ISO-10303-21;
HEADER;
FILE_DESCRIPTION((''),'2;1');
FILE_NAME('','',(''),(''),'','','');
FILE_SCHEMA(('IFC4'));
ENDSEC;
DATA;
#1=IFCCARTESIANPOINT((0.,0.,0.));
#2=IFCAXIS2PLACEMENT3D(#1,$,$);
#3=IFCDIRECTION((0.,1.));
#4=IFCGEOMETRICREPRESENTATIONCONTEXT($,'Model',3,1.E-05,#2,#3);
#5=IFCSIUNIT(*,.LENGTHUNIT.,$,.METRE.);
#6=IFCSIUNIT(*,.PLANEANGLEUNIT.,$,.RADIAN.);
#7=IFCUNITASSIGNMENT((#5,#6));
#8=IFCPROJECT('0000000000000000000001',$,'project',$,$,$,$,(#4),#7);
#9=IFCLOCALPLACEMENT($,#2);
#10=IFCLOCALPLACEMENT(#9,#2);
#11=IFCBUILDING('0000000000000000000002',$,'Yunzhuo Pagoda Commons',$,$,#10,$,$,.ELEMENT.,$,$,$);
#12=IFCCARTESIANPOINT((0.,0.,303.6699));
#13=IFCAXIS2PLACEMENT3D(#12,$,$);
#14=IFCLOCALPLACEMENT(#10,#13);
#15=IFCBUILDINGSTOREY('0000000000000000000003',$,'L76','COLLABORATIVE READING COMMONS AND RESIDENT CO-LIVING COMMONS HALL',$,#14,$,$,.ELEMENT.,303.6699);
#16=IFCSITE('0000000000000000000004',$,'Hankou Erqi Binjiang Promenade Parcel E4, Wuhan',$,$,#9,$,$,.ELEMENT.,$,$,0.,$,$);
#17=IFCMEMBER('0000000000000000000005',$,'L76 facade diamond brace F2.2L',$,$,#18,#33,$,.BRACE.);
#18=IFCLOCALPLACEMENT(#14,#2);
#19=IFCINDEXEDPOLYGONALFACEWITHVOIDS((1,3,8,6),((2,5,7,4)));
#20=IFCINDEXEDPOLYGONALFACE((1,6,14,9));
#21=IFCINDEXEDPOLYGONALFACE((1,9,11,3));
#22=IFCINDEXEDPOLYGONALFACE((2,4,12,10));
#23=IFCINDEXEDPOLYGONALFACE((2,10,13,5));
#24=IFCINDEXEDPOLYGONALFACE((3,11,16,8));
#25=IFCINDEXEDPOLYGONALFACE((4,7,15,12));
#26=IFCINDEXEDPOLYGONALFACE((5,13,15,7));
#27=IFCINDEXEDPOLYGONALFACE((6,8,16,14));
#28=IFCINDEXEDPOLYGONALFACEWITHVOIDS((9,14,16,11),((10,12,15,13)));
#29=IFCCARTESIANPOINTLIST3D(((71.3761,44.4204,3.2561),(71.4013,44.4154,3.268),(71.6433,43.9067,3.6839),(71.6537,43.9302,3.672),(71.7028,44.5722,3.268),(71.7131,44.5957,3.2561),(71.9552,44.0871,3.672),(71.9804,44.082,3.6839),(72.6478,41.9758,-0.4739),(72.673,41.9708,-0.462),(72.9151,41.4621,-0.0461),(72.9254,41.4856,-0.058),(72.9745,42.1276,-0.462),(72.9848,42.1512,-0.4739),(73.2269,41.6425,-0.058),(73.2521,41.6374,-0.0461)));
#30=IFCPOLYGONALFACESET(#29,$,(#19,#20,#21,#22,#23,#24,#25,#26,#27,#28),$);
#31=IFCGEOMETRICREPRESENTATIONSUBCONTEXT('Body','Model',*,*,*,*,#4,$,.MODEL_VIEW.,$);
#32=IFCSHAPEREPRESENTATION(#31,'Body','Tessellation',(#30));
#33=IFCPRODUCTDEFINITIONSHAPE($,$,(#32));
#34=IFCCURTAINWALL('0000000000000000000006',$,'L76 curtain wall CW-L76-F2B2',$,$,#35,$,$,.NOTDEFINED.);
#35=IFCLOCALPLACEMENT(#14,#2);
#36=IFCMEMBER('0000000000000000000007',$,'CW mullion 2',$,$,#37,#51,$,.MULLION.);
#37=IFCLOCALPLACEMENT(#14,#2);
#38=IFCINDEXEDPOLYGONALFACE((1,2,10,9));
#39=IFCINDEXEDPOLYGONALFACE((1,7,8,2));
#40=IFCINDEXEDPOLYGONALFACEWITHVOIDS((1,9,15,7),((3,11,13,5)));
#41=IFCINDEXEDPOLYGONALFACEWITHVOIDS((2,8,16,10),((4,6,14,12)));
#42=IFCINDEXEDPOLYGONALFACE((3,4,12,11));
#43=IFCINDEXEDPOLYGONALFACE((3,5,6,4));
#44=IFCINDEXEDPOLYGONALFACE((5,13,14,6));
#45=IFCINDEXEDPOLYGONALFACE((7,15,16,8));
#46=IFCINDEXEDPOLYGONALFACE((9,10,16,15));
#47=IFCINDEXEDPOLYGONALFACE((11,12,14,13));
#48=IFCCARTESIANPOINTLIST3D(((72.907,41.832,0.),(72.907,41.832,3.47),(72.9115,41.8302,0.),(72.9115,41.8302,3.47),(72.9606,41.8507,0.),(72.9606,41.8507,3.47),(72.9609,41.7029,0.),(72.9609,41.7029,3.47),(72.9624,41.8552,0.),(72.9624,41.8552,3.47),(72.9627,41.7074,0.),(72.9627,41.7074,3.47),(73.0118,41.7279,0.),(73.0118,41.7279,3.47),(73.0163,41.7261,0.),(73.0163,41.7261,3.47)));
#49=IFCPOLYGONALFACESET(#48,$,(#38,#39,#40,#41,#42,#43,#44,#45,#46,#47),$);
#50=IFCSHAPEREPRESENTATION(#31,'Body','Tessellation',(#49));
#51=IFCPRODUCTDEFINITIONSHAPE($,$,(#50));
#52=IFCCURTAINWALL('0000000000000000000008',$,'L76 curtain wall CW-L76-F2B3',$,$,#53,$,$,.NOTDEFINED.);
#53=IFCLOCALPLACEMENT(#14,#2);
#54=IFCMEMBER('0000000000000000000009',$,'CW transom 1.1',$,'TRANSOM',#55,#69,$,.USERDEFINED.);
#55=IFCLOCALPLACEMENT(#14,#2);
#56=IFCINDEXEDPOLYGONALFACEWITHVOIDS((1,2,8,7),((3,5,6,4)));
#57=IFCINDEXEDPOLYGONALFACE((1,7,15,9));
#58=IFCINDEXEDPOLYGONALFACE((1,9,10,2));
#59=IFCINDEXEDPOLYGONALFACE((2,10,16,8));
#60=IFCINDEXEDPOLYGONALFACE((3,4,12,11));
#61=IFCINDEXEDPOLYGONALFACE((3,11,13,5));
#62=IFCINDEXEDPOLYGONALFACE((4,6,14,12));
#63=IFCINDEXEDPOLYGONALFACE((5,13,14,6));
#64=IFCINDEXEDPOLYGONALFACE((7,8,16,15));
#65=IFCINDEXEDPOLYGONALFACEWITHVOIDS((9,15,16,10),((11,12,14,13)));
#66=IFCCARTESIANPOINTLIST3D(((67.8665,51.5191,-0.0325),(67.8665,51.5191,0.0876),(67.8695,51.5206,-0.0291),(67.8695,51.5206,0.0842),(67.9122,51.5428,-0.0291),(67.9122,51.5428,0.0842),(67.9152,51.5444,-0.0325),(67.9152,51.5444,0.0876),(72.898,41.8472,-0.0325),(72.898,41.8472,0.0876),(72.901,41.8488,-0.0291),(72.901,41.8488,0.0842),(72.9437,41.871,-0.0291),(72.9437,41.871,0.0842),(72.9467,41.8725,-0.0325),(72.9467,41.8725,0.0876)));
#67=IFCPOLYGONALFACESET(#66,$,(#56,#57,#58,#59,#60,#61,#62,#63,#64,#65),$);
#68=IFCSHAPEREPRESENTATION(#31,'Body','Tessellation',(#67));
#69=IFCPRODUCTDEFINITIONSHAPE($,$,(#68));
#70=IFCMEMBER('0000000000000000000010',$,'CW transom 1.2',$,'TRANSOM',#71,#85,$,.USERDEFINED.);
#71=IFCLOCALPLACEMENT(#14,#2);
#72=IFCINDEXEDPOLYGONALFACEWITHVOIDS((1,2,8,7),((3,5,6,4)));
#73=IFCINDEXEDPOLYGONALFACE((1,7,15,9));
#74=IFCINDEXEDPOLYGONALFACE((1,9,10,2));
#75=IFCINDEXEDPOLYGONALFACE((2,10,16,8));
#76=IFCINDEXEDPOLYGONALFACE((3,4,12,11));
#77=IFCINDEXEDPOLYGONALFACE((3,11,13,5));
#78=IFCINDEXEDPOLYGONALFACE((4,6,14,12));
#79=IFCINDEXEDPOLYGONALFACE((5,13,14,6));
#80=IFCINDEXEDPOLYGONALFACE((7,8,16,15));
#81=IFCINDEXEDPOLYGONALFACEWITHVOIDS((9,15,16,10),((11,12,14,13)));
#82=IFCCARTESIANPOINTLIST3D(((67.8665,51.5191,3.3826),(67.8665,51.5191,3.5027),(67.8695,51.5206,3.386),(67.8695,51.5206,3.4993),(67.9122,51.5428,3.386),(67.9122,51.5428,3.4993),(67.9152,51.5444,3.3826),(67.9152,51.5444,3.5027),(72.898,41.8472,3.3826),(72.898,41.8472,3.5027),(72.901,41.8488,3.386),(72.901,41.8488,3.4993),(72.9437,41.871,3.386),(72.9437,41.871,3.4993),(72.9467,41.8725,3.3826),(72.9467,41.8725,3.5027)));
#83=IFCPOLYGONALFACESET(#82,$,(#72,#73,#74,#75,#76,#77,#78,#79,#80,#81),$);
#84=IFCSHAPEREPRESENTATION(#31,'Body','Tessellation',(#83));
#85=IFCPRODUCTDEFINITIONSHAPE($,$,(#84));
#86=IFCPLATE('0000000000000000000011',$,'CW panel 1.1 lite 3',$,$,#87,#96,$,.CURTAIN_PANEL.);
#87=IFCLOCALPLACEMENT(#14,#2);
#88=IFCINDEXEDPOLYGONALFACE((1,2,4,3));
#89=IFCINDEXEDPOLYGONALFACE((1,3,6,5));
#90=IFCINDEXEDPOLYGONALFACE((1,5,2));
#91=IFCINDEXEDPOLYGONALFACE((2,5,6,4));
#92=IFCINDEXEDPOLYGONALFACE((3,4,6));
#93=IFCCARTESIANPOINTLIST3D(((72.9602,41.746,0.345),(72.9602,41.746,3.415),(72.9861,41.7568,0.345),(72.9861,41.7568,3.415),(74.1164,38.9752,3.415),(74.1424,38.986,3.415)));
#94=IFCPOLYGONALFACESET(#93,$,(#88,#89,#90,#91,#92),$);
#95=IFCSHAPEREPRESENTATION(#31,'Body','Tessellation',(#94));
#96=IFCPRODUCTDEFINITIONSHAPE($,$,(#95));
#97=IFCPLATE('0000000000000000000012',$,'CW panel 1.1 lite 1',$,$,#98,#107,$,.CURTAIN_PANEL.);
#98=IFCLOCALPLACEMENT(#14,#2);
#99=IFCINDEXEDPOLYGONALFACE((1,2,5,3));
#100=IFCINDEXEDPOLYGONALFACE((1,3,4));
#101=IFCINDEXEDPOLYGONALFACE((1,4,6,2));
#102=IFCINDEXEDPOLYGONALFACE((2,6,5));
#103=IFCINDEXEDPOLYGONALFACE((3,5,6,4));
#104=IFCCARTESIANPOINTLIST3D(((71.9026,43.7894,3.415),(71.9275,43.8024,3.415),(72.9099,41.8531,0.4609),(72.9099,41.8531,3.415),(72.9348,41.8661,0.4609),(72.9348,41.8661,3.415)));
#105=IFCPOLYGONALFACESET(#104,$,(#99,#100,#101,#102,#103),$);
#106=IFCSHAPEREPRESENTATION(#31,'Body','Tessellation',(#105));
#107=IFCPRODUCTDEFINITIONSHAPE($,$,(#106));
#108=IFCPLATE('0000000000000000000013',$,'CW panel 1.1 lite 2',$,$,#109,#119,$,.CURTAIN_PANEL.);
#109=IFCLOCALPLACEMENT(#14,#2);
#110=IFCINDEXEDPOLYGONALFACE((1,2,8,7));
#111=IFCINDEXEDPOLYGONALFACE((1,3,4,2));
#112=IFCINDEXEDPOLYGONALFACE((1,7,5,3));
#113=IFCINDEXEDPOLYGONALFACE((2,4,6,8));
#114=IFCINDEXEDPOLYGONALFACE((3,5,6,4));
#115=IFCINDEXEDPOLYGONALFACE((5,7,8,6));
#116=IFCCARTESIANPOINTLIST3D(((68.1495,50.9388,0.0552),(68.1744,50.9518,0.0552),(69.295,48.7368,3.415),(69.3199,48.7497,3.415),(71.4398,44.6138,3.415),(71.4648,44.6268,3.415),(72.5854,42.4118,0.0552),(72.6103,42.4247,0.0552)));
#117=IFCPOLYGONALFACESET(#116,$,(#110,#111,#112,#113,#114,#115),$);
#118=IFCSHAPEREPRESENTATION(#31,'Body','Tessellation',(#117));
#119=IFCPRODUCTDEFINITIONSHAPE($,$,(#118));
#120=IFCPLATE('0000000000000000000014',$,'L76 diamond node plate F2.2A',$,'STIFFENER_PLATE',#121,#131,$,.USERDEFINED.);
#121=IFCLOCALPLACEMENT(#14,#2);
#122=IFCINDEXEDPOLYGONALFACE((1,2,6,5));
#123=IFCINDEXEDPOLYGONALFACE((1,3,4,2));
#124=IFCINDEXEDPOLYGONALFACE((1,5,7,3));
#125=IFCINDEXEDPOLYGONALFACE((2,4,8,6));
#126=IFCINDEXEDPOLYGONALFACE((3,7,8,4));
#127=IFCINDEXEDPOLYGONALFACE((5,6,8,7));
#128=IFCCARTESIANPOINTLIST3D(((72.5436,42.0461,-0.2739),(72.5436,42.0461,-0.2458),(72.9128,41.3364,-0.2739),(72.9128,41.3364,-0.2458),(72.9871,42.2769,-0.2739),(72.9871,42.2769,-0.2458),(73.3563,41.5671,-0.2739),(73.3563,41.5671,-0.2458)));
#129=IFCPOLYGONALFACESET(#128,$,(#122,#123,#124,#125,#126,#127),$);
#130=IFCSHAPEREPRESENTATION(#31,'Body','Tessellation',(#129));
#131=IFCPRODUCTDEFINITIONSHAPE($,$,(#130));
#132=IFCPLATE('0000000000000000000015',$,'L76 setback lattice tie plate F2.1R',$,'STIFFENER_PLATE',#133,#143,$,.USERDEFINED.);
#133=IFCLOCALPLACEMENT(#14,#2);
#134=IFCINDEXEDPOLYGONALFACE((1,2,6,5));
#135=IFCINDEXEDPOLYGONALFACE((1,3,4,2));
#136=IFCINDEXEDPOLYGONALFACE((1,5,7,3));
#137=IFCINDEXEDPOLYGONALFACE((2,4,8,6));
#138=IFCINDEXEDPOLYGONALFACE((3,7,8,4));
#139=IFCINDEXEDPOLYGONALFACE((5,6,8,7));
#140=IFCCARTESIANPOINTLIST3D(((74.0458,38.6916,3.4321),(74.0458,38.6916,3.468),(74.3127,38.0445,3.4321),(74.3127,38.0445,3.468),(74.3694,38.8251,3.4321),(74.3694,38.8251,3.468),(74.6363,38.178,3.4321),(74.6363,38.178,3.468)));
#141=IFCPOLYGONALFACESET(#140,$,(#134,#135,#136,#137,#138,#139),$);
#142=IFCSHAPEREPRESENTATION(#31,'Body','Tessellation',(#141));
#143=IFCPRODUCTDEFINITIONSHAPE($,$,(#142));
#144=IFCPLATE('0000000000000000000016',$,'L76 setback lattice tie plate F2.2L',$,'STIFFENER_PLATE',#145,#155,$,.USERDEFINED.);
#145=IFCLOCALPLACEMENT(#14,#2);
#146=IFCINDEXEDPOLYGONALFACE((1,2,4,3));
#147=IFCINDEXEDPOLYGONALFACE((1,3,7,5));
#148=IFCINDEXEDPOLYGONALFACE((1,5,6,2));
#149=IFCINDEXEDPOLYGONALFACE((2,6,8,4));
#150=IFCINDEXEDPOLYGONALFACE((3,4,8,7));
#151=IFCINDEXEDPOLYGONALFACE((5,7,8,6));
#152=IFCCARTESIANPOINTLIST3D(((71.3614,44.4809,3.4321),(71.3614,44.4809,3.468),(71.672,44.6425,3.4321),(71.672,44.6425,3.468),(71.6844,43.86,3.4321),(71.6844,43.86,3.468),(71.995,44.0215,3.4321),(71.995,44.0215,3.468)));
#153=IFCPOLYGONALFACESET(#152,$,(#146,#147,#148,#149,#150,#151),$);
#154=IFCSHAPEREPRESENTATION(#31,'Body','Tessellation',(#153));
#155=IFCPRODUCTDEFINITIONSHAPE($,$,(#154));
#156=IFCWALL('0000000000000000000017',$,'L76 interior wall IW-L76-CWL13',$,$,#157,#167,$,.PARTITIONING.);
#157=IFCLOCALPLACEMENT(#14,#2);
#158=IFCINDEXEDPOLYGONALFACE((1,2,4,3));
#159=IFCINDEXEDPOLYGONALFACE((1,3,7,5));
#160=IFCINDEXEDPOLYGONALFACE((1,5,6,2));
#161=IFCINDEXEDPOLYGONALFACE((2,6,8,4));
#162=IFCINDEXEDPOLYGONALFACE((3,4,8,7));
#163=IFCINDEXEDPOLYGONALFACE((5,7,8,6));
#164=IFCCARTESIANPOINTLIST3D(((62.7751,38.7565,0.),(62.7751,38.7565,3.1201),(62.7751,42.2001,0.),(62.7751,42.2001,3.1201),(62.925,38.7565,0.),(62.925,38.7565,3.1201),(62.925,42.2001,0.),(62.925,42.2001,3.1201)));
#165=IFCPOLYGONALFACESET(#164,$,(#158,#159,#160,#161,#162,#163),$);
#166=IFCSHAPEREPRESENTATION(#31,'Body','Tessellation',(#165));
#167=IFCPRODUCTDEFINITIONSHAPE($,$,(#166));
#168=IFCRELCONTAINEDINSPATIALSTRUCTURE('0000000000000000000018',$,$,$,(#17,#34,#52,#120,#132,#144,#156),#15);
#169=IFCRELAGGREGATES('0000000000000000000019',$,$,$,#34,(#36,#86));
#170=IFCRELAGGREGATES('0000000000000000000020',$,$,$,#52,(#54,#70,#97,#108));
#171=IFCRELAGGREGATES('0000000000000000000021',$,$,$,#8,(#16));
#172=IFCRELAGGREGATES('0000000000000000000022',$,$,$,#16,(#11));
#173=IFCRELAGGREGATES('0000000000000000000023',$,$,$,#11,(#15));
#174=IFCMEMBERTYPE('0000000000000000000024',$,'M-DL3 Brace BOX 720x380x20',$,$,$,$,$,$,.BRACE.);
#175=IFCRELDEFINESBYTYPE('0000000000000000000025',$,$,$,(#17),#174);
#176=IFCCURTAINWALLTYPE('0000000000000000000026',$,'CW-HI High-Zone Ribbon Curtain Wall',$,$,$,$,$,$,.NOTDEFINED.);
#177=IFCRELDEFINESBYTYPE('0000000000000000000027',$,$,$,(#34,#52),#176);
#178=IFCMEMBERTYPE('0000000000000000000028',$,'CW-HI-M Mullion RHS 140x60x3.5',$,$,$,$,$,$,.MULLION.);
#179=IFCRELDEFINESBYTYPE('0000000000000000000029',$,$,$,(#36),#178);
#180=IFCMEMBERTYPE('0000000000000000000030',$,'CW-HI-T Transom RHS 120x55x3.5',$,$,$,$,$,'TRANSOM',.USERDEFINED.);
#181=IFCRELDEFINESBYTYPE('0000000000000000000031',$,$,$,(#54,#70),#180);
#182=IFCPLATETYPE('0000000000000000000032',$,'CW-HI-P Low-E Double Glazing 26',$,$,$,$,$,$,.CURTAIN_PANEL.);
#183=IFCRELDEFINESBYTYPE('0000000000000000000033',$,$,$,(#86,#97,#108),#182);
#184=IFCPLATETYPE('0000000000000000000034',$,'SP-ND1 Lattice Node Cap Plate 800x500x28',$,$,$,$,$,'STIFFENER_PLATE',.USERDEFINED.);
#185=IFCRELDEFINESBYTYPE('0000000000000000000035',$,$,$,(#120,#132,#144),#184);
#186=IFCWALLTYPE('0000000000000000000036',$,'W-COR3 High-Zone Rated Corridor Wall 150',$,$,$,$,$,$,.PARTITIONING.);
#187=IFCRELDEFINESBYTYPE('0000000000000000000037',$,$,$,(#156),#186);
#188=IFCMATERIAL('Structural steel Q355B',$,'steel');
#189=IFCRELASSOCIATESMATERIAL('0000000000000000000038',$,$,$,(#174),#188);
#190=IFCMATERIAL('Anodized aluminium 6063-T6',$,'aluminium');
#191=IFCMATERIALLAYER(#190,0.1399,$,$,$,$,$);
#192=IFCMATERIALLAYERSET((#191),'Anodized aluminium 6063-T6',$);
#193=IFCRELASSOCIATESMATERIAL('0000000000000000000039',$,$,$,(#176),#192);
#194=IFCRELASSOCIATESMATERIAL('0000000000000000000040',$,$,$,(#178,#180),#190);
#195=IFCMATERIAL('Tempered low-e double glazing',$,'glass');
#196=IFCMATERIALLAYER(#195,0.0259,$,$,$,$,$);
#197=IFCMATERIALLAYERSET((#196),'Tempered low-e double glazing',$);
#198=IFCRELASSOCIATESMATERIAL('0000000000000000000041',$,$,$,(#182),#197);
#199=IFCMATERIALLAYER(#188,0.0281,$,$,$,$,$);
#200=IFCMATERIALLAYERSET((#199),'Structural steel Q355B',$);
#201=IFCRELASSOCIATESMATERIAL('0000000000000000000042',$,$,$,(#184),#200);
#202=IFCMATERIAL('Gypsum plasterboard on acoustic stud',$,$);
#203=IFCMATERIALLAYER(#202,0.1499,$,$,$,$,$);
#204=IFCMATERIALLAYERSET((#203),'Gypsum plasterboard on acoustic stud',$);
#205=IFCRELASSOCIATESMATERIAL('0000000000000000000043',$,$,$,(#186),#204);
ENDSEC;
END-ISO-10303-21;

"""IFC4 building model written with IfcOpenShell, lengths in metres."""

from ifc_helpers import new_model, si_unit, direction, frame, frame_2d, origin, origin_2d, place, context, subcontext, project, spatial, polyline, rectangle, hollow_rectangle, outline, extrude, source, transform, mapped, material, layer, layer_set, material_profile, profile_set, type_object, element, aggregate, save


model = new_model("IFC4")

# Units and contexts
model_context = context("Model", 3, precision=1e-05, world=origin(), true_north=direction((0.0, 1.0)))
body_context = subcontext(model_context, "Body", "Model", "MODEL_VIEW")
ifc_project = project(units=[si_unit("LENGTHUNIT", "METRE"), si_unit("PLANEANGLEUNIT", "RADIAN")], contexts=[model_context])

# Site, building, storey
site_placement = place(None, origin())
site = spatial("IfcSite", under=ifc_project, at=site_placement, Name="Hankou Erqi Binjiang Promenade Parcel E4, Wuhan", CompositionType="ELEMENT", RefElevation=0.0)
building_placement = place(site_placement, origin())
building = spatial("IfcBuilding", under=site, at=building_placement, Name="Yunzhuo Pagoda Commons", CompositionType="ELEMENT")
storey_placement = place(building_placement, frame((0.0, 0.0, 303.6699)))
storey = spatial("IfcBuildingStorey", under=building, at=storey_placement, Name="L76", Description="COLLABORATIVE READING COMMONS AND RESIDENT CO-LIVING COMMONS HALL", CompositionType="ELEMENT", Elevation=303.6699)

# Shared definitions
ifc_material_1 = material(Name="Structural steel Q355B", Category="steel")

# Member
ifc_material_profile_1 = material_profile(ifc_material_1, hollow_rectangle(XDim=0.3799, YDim=0.72, WallThickness=0.02, at=origin_2d()), Name="Structural steel Q355B")
ifc_profile_set_1 = profile_set([ifc_material_profile_1], Name="Structural steel Q355B")
member_type_1 = type_object("IfcMemberType", Name="M-DL3 Brace BOX 720x380x20", PredefinedType="BRACE", material=ifc_profile_set_1)
shared_shape_1 = source(origin(), body_context, "Body", "SweptSolid", [
    extrude(hollow_rectangle(XDim=0.3799, YDim=0.72, WallThickness=0.02, at=origin_2d()), origin(), (0.0, 0.0, 1.0), 4.6375),
])
member_1_placement = place(storey_placement, frame((72.95, 41.8066, -0.26), z_axis=(-0.27423, 0.527138, 0.804316), x_axis=(-0.887136, -0.461509, 0.0)))
element("IfcMember", 1, at=member_1_placement, inside=storey, type_object=member_type_1, Name="L76 facade diamond brace F2.2L", PredefinedType="BRACE", context=body_context, shape_type="MappedRepresentation", body=[
    mapped(shared_shape_1, transform((0.0, 0.0, 0.0), scale=1.0)),
])

# Curtain wall, member
ifc_material_2 = material(Name="Anodized aluminium 6063-T6", Category="aluminium")
ifc_layer_1 = layer(ifc_material_2, 0.1399)
ifc_layer_set_1 = layer_set([ifc_layer_1], Name="Anodized aluminium 6063-T6")
curtain_wall_type = type_object("IfcCurtainWallType", Name="CW-HI High-Zone Ribbon Curtain Wall", PredefinedType="NOTDEFINED", material=ifc_layer_set_1)
curtain_wall_1_placement = place(storey_placement, origin())
curtain_wall_1 = element("IfcCurtainWall", 2, at=curtain_wall_1_placement, inside=storey, type_object=curtain_wall_type, Name="L76 curtain wall CW-L76-F2B2", PredefinedType="NOTDEFINED")
ifc_material_profile_2 = material_profile(ifc_material_2, hollow_rectangle(XDim=0.0601, YDim=0.1399, WallThickness=0.0034, at=origin_2d()), Name="Anodized aluminium 6063-T6")
ifc_profile_set_2 = profile_set([ifc_material_profile_2], Name="Anodized aluminium 6063-T6")
member_type_2 = type_object("IfcMemberType", Name="CW-HI-M Mullion RHS 140x60x3.5", PredefinedType="MULLION", material=ifc_profile_set_2)
shared_shape_2 = source(origin(), body_context, "Body", "SweptSolid", [
    extrude(hollow_rectangle(XDim=0.0601, YDim=0.1399, WallThickness=0.0034, at=origin_2d()), origin(), (0.0, 0.0, 1.0), 3.47),
])
member_2_placement = place(storey_placement, frame((72.9617, 41.7791, 0.0), z_axis=(0.0, 0.0, 1.0), x_axis=(-0.922876, -0.385097, 0.0)))
member_2 = element("IfcMember", 3, at=member_2_placement, type_object=member_type_2, Name="CW mullion 2", PredefinedType="MULLION", context=body_context, shape_type="MappedRepresentation", body=[
    mapped(shared_shape_2, transform((0.0, 0.0, 0.0), scale=1.0)),
])

# Curtain wall, members
curtain_wall_2_placement = place(storey_placement, origin())
curtain_wall_2 = element("IfcCurtainWall", 4, at=curtain_wall_2_placement, inside=storey, type_object=curtain_wall_type, Name="L76 curtain wall CW-L76-F2B3", PredefinedType="NOTDEFINED")
ifc_material_profile_3 = material_profile(ifc_material_2, hollow_rectangle(XDim=0.0549, YDim=0.1201, WallThickness=0.0034, at=origin_2d()), Name="Anodized aluminium 6063-T6")
ifc_profile_set_3 = profile_set([ifc_material_profile_3], Name="Anodized aluminium 6063-T6")
member_type_3 = type_object("IfcMemberType", Name="CW-HI-T Transom RHS 120x55x3.5", ElementType="TRANSOM", PredefinedType="USERDEFINED", material=ifc_profile_set_3)
shared_shape_3 = source(origin(), body_context, "Body", "SweptSolid", [
    extrude(hollow_rectangle(XDim=0.0549, YDim=0.1201, WallThickness=0.0034, at=origin_2d()), origin(), (0.0, 0.0, 1.0), 10.9023),
])
member_3_placement = place(storey_placement, frame((72.9224, 41.8599, 0.0276), z_axis=(-0.461506, 0.887137, 0.0), x_axis=(-0.887137, -0.461506, 0.0)))
member_3 = element("IfcMember", 5, at=member_3_placement, type_object=member_type_3, Name="CW transom 1.1", ObjectType="TRANSOM", PredefinedType="USERDEFINED", context=body_context, shape_type="MappedRepresentation", body=[
    mapped(shared_shape_3, transform((0.0, 0.0, 0.0), scale=1.0)),
])
member_4_placement = place(storey_placement, frame((72.9224, 41.8599, 3.4426), z_axis=(-0.461506, 0.887137, 0.0), x_axis=(-0.887137, -0.461506, 0.0)))
member_4 = element("IfcMember", 6, at=member_4_placement, type_object=member_type_3, Name="CW transom 1.2", ObjectType="TRANSOM", PredefinedType="USERDEFINED", context=body_context, shape_type="MappedRepresentation", body=[
    mapped(shared_shape_3, transform((0.0, 0.0, 0.0), scale=1.0)),
])

# Plates
ifc_material_3 = material(Name="Tempered low-e double glazing", Category="glass")
ifc_layer_2 = layer(ifc_material_3, 0.0259)
ifc_layer_set_2 = layer_set([ifc_layer_2], Name="Tempered low-e double glazing")
plate_type_1 = type_object("IfcPlateType", Name="CW-HI-P Low-E Double Glazing 26", PredefinedType="CURTAIN_PANEL", material=ifc_layer_set_2)
plate_1_placement = place(storey_placement, frame((73.5383, 40.3606, 1.8799), z_axis=(0.922876, 0.385097, 0.0), x_axis=(-0.385097, 0.922876, 0.0)))
plate_1 = element("IfcPlate", 7, at=plate_1_placement, type_object=plate_type_1, Name="CW panel 1.1 lite 3", PredefinedType="CURTAIN_PANEL", context=body_context, shape_type="SweptSolid", body=[
    extrude(outline(polyline([(-1.5012, 1.5352), (1.5012, -1.5349), (1.5012, 1.5352), (-1.5012, 1.5352)])), origin(), (0.0, 0.0, 1.0), 0.0281),
])
aggregate(curtain_wall_1, [member_2, plate_1])
plate_2_placement = place(storey_placement, frame((72.4062, 42.8213, 1.938), z_axis=(0.887137, 0.461505, 0.0), x_axis=(-0.461505, 0.887137, 0.0)))
plate_2 = element("IfcPlate", 8, at=plate_2_placement, type_object=plate_type_1, Name="CW panel 1.1 lite 1", PredefinedType="CURTAIN_PANEL", context=body_context, shape_type="SweptSolid", body=[
    extrude(outline(polyline([(-1.0913, -1.4771), (1.0913, 1.4771), (-1.0913, 1.4771), (-1.0913, -1.4771)])), origin(), (0.0, 0.0, 1.0), 0.0281),
])
plate_3_placement = place(storey_placement, frame((70.3674, 46.6753, 1.7351), z_axis=(0.887137, 0.461505, 0.0), x_axis=(-0.461505, 0.887137, 0.0)))
plate_3 = element("IfcPlate", 9, at=plate_3_placement, type_object=plate_type_1, Name="CW panel 1.1 lite 2", PredefinedType="CURTAIN_PANEL", context=body_context, shape_type="SweptSolid", body=[
    extrude(outline(polyline([(-4.8059, -1.6799), (4.8059, -1.6799), (2.3237, 1.6799), (-2.3237, 1.6799), (-4.8059, -1.6799)])), origin(), (0.0, 0.0, 1.0), 0.0281),
])
aggregate(curtain_wall_2, [member_3, member_4, plate_2, plate_3])

# Plates
ifc_layer_3 = layer(ifc_material_1, 0.0281)
ifc_layer_set_3 = layer_set([ifc_layer_3], Name="Structural steel Q355B")
plate_type_2 = type_object("IfcPlateType", Name="SP-ND1 Lattice Node Cap Plate 800x500x28", ElementType="STIFFENER_PLATE", PredefinedType="USERDEFINED", material=ifc_layer_set_3)
shared_shape_4 = source(origin(), body_context, "Body", "SweptSolid", [
    extrude(rectangle(XDim=0.8, YDim=0.5, at=origin_2d()), origin(), (0.0, 0.0, 1.0), 0.0281),
])
plate_4_placement = place(storey_placement, frame((72.95, 41.8066, -0.2739), z_axis=(0.0, 0.0, 1.0), x_axis=(-0.461501, 0.88714, 0.0)))
element("IfcPlate", 10, at=plate_4_placement, inside=storey, type_object=plate_type_2, Name="L76 diamond node plate F2.2A", ObjectType="STIFFENER_PLATE", PredefinedType="USERDEFINED", context=body_context, shape_type="MappedRepresentation", body=[
    mapped(shared_shape_4, transform((0.0, 0.0, 0.0), scale=1.0)),
])
shared_shape_5 = source(origin(), body_context, "Body", "SweptSolid", [
    extrude(rectangle(XDim=0.7, YDim=0.3501, at=origin_2d()), origin(), (0.0, 0.0, 1.0), 0.0359),
])
for number, where, z_axis, x_axis, name in (
    (11, (74.3411, 38.4348, 3.4321), (0.0, 0.0, 1.0), (-0.381345, 0.924433, 0.0), "L76 setback lattice tie plate F2.1R"),
    (12, (71.6782, 44.2512, 3.4321), (0.0, 0.0, 1.0), (-0.461501, 0.88714, 0.0), "L76 setback lattice tie plate F2.2L"),
):
    element("IfcPlate", number, at=place(storey_placement, frame(where, z_axis=z_axis, x_axis=x_axis)), inside=storey, type_object=plate_type_2, Name=name, ObjectType="STIFFENER_PLATE", PredefinedType="USERDEFINED", context=body_context, shape_type="MappedRepresentation", body=[
        mapped(shared_shape_5, transform((0.0, 0.0, 0.0), scale=1.0)),
    ])

# Wall
ifc_material_4 = material(Name="Gypsum plasterboard on acoustic stud")
ifc_layer_4 = layer(ifc_material_4, 0.1499)
ifc_layer_set_4 = layer_set([ifc_layer_4], Name="Gypsum plasterboard on acoustic stud")
wall_type_1 = type_object("IfcWallType", Name="W-COR3 High-Zone Rated Corridor Wall 150", PredefinedType="PARTITIONING", material=ifc_layer_set_4)
wall_1_placement = place(storey_placement, frame((62.8501, 42.2, 0.0), z_axis=(0.0, 0.0, 1.0), x_axis=(0.0, -1.0, 0.0)))
element("IfcWall", 13, at=wall_1_placement, inside=storey, type_object=wall_type_1, Name="L76 interior wall IW-L76-CWL13", PredefinedType="PARTITIONING", context=body_context, shape_type="SweptSolid", body=[
    extrude(rectangle(XDim=3.4436, YDim=0.1499, at=frame_2d((1.7217, 0.0))), origin(), (0.0, 0.0, 1.0), 3.1201),
])

save(model, "model.ifc")
